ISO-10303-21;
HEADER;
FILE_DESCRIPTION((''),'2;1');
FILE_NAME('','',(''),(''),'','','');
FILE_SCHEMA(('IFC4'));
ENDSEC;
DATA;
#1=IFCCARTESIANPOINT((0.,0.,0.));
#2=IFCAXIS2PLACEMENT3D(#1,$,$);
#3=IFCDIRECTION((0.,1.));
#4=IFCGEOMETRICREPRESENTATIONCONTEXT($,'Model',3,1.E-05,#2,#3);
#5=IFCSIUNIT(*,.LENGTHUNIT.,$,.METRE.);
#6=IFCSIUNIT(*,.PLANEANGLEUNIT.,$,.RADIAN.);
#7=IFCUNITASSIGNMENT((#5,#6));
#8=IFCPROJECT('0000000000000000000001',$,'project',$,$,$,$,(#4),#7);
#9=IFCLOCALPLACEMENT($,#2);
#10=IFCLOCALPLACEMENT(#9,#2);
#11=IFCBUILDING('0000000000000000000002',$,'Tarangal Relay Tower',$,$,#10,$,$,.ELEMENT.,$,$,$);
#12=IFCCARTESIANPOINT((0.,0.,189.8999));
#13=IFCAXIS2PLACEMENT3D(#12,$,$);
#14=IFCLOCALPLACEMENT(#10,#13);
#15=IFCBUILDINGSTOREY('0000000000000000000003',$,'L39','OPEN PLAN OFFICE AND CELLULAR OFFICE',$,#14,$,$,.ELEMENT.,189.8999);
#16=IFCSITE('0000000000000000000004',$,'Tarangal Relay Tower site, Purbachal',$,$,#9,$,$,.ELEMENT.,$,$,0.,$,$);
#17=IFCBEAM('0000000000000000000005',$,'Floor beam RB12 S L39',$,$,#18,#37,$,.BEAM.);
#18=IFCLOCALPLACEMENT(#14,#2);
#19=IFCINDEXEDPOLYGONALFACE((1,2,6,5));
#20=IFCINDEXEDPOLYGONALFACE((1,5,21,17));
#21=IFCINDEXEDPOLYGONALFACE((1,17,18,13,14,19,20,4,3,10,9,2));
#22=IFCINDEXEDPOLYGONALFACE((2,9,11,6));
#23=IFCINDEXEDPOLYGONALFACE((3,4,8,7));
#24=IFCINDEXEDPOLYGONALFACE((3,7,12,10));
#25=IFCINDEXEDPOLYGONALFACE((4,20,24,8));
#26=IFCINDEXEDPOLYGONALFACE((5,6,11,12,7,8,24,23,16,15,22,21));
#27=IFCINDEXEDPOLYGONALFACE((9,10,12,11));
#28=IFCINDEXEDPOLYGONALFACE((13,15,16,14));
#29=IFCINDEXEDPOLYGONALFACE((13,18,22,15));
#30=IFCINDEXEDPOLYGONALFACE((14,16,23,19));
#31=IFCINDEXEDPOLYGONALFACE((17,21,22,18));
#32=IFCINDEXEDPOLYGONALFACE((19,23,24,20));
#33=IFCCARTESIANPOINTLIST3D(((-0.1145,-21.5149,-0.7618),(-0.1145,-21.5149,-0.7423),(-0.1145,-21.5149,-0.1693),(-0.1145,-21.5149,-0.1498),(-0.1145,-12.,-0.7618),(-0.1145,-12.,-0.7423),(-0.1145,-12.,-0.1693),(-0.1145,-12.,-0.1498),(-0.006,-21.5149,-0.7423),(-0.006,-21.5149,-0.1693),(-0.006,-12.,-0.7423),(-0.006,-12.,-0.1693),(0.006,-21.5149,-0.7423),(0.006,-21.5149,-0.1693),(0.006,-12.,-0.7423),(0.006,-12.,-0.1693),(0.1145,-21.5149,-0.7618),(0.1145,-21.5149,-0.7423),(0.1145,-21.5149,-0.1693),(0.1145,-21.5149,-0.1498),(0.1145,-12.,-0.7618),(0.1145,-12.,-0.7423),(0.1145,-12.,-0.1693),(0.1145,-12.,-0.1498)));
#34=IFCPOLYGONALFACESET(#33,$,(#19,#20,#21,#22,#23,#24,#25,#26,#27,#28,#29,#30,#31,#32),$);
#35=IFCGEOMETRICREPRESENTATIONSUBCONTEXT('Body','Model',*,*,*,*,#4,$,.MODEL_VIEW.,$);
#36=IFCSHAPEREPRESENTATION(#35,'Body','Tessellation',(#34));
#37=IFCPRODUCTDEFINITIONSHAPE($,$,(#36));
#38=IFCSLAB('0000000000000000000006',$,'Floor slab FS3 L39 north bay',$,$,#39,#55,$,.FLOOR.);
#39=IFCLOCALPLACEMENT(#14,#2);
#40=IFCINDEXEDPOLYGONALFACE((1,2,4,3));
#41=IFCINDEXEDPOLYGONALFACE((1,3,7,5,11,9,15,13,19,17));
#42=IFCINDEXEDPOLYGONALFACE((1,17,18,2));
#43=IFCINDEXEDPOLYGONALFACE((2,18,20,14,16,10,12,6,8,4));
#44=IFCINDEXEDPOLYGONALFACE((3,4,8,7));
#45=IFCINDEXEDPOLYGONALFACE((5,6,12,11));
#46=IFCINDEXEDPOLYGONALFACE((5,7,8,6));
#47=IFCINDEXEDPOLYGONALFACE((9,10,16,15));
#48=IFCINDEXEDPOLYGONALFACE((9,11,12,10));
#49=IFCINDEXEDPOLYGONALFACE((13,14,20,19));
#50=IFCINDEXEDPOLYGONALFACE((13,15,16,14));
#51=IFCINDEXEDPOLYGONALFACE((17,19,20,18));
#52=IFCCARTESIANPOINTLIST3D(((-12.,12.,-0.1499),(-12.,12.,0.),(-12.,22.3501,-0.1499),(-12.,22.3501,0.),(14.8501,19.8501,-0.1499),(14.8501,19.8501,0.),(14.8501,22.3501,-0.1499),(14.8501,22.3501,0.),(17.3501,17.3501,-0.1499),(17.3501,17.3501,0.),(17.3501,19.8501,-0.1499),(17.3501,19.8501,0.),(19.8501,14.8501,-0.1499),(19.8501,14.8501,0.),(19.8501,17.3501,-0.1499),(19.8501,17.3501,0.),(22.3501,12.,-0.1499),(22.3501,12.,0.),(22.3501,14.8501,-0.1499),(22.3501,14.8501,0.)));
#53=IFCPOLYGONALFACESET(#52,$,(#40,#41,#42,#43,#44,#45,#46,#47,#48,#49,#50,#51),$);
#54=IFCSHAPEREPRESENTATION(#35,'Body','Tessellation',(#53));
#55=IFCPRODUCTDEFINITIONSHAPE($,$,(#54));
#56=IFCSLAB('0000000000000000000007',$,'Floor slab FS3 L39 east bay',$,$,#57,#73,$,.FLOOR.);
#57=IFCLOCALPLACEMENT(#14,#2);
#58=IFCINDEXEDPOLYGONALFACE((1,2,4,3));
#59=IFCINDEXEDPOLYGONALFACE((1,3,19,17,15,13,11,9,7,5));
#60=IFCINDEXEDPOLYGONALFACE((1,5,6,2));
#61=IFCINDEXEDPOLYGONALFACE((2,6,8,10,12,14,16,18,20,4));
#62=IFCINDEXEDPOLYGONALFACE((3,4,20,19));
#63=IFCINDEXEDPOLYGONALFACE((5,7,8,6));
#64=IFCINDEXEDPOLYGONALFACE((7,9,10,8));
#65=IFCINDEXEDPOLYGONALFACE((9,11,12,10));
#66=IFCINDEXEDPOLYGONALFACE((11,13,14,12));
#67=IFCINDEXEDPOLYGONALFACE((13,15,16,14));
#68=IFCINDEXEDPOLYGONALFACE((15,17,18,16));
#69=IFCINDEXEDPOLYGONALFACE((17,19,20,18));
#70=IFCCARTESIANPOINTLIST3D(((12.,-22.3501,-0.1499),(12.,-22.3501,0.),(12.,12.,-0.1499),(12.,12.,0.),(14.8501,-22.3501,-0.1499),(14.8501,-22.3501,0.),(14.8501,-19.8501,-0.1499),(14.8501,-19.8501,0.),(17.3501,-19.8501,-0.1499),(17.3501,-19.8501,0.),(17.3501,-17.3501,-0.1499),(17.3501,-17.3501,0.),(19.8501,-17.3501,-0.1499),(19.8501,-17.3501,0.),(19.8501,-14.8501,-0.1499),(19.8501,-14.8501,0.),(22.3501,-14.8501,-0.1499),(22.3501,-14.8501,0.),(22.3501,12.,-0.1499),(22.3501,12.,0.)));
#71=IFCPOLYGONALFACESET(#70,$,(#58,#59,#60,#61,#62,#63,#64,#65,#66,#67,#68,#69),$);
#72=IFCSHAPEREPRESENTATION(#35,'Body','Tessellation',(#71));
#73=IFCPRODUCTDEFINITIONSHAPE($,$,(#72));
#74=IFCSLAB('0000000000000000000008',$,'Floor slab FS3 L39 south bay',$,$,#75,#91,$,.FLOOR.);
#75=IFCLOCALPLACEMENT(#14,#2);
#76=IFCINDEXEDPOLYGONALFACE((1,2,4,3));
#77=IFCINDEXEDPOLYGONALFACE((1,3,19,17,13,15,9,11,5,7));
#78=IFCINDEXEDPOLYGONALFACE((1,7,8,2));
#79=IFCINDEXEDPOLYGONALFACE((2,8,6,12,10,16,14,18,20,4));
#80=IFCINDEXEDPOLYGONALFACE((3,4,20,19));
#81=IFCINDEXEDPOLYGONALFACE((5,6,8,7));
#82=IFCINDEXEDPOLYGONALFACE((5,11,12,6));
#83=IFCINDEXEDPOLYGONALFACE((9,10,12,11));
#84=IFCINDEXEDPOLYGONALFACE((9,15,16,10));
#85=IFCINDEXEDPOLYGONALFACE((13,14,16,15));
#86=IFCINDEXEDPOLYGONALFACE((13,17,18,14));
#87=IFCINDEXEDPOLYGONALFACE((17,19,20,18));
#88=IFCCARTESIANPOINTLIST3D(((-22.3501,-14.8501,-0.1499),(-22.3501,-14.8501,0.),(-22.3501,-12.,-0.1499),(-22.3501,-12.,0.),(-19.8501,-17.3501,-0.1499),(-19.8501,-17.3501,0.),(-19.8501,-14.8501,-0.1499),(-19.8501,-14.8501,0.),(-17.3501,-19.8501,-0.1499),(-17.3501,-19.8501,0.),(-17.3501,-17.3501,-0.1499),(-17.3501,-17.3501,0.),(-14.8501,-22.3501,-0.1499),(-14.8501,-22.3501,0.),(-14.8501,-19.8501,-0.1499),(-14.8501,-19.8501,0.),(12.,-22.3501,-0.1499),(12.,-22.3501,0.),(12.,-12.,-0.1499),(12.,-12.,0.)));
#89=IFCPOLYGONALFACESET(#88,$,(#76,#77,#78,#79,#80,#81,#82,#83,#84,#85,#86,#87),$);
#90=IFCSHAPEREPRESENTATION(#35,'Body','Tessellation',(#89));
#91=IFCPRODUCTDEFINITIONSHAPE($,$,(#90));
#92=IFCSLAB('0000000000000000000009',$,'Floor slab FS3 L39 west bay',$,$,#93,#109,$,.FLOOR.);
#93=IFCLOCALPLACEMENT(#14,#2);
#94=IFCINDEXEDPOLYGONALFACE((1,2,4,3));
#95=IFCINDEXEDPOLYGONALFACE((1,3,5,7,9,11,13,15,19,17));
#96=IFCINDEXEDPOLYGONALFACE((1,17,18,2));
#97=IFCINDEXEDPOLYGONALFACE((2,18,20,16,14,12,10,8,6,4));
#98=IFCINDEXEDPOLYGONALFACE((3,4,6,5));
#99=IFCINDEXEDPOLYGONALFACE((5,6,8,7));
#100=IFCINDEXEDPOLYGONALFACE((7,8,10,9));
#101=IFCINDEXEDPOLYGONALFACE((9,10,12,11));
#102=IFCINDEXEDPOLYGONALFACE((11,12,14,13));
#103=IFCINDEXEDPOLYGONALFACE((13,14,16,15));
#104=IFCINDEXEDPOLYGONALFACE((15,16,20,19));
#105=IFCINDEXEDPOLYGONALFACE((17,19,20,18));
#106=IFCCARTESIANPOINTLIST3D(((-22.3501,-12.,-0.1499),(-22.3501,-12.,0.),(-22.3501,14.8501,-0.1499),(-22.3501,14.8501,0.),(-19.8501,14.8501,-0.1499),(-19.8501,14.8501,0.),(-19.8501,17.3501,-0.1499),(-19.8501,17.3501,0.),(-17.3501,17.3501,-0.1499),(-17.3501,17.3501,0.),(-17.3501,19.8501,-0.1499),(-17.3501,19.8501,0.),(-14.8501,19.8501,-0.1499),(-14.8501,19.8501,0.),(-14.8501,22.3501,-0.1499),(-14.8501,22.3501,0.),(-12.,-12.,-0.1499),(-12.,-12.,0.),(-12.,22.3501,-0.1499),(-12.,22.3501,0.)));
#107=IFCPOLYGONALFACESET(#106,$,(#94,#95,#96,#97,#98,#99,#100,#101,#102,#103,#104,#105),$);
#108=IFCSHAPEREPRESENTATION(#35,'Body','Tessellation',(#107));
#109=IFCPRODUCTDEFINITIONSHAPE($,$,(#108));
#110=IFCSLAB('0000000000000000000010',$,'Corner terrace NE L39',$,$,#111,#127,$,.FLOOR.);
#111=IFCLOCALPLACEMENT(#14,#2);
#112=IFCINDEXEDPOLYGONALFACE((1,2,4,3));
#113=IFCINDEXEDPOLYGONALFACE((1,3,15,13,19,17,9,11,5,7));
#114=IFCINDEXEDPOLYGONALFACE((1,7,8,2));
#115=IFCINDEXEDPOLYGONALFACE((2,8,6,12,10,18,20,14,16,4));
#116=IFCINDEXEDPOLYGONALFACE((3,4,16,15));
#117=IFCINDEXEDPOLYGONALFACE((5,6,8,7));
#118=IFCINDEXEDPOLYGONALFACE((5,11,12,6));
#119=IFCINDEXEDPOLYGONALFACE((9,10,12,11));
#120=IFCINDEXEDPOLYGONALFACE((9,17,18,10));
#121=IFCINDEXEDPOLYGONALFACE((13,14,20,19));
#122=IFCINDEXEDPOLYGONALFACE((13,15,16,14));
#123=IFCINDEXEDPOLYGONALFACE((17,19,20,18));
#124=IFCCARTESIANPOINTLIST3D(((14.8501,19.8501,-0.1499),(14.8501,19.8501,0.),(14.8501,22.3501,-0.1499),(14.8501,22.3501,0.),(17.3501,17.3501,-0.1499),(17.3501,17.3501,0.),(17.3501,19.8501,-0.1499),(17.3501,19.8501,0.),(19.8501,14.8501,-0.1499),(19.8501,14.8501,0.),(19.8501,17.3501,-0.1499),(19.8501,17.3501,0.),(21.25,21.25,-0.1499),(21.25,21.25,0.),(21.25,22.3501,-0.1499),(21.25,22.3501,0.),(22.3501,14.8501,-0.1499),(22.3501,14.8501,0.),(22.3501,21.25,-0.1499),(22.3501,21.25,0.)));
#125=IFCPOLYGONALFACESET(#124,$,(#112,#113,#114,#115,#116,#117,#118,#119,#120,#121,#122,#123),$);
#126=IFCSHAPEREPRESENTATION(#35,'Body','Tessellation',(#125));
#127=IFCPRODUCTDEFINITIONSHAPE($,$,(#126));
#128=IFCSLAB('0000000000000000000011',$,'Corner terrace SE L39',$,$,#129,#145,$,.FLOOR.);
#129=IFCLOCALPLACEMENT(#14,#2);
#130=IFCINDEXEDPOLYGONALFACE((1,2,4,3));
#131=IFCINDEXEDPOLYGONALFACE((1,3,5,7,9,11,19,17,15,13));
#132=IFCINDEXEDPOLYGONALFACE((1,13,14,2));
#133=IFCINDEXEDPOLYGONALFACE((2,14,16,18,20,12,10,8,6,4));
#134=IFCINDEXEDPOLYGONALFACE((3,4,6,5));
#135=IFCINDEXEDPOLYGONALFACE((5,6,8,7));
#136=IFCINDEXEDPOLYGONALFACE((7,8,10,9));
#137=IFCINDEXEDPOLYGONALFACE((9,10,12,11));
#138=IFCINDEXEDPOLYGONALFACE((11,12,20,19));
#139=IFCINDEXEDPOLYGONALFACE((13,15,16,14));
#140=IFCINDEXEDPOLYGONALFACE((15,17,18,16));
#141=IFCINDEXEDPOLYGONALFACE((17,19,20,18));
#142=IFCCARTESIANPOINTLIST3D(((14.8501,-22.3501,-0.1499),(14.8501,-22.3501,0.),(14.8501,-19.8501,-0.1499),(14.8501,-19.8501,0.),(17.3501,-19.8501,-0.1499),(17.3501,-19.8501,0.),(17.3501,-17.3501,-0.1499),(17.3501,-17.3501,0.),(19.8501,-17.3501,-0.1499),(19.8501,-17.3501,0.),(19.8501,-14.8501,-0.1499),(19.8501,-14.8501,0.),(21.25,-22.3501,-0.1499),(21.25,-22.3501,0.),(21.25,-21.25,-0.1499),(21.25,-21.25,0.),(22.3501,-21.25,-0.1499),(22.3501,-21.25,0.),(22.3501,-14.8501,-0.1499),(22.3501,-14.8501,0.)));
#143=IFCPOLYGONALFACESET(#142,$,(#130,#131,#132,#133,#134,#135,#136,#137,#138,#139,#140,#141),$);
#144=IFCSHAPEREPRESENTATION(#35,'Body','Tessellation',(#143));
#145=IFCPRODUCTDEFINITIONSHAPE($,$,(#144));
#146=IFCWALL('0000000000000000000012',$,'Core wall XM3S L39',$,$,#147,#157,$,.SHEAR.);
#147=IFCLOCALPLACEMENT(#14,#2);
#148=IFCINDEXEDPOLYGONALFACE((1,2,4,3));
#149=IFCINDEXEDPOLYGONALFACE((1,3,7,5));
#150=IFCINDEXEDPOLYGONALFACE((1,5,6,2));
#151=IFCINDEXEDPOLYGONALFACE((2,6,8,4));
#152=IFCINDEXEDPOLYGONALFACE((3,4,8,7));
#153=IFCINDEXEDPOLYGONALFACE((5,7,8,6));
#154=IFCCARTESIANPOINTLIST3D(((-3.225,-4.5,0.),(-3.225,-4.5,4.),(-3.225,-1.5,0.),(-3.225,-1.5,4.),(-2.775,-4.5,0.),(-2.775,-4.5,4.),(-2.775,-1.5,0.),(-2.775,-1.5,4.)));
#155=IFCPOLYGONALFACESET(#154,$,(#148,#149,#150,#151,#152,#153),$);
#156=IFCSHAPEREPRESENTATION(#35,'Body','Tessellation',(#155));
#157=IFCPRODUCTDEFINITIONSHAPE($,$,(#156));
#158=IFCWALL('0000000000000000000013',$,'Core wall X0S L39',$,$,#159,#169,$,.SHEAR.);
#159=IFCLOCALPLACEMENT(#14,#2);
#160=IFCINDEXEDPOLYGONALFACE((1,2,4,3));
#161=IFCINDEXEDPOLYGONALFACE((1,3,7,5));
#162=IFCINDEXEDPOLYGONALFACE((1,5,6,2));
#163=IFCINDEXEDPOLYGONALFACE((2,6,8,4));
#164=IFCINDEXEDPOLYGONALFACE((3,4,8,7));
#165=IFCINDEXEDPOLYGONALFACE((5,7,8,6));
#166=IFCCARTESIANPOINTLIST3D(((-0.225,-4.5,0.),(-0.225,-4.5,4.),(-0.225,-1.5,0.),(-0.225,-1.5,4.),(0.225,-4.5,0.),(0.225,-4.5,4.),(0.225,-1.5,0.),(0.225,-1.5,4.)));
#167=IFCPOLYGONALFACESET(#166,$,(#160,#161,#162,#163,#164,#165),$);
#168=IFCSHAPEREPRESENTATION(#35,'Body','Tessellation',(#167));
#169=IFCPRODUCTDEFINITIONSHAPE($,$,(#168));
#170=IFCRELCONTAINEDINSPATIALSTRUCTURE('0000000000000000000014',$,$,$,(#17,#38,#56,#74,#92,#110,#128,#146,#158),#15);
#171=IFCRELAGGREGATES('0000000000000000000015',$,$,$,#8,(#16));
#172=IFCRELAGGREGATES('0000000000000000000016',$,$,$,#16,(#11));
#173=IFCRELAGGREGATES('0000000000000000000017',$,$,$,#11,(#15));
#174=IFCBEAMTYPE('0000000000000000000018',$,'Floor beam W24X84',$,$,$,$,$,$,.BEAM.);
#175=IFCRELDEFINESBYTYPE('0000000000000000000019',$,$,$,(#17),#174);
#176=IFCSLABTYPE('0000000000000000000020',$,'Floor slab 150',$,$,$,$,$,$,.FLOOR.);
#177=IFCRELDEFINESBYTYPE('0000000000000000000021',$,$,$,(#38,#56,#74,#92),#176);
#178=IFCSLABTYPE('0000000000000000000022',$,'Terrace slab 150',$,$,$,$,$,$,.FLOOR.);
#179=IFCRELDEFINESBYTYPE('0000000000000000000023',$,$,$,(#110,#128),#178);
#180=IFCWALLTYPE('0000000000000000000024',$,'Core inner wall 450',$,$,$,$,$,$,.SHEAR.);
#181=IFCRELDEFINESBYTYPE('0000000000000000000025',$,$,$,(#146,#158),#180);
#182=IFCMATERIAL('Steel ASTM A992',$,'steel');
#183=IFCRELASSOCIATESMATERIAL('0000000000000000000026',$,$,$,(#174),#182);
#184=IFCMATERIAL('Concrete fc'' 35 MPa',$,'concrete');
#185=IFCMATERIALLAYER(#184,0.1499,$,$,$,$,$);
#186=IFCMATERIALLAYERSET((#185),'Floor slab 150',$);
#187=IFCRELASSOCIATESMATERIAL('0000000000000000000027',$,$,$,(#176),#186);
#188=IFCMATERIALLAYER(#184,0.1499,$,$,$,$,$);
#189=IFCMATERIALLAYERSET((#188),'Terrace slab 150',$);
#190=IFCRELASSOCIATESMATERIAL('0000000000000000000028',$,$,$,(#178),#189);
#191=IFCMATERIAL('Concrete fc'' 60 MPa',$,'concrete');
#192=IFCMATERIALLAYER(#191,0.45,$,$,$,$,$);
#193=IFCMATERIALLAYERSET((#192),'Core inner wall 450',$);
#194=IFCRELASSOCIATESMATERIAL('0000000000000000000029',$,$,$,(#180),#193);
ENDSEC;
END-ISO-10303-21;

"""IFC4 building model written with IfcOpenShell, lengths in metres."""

from ifc_helpers import new_model, si_unit, direction, frame, frame_2d, origin, origin_2d, place, context, subcontext, project, spatial, polyline, rectangle, i_section, outline, extrude, material, layer, layer_set, material_profile, profile_set, type_object, element, save


model = new_model("IFC4")

# Units and contexts
model_context = context("Model", 3, precision=1e-05, world=origin(), true_north=direction((0.0, 1.0)))
body_context = subcontext(model_context, "Body", "Model", "MODEL_VIEW")
ifc_project = project(units=[si_unit("LENGTHUNIT", "METRE"), si_unit("PLANEANGLEUNIT", "RADIAN")], contexts=[model_context])

# Site, building, storey
site_placement = place(None, origin())
site = spatial("IfcSite", under=ifc_project, at=site_placement, Name="Tarangal Relay Tower site, Purbachal", CompositionType="ELEMENT", RefElevation=0.0)
building_placement = place(site_placement, origin())
building = spatial("IfcBuilding", under=site, at=building_placement, Name="Tarangal Relay Tower", CompositionType="ELEMENT")
storey_placement = place(building_placement, frame((0.0, 0.0, 189.8999)))
storey = spatial("IfcBuildingStorey", under=building, at=storey_placement, Name="L39", Description="OPEN PLAN OFFICE AND CELLULAR OFFICE", CompositionType="ELEMENT", Elevation=189.8999)

# Beam
ifc_material_1 = material(Name="Steel ASTM A992", Category="steel")
ifc_material_profile = material_profile(ifc_material_1, i_section(OverallWidth=0.229, OverallDepth=0.6121, WebThickness=0.012, FlangeThickness=0.0195, at=origin_2d()), Name="W24X84")
ifc_profile_set = profile_set([ifc_material_profile], Name="Steel ASTM A992")
beam_type = type_object("IfcBeamType", Name="Floor beam W24X84", PredefinedType="BEAM", material=ifc_profile_set)
beam_placement = place(storey_placement, frame((0.0, -12.0, -0.4558), z_axis=(0.0, -1.0, 0.0), x_axis=(1.0, 0.0, 0.0)))
element("IfcBeam", 1, at=beam_placement, inside=storey, type_object=beam_type, Name="Floor beam RB12 S L39", PredefinedType="BEAM", context=body_context, shape_type="SweptSolid", body=[
    extrude(i_section(OverallWidth=0.229, OverallDepth=0.6121, WebThickness=0.012, FlangeThickness=0.0195, at=origin_2d()), origin(), (0.0, 0.0, 1.0), 9.5149),
])

# Slabs
ifc_material_2 = material(Name="Concrete fc' 35 MPa", Category="concrete")
ifc_layer_1 = layer(ifc_material_2, 0.1499)
ifc_layer_set_1 = layer_set([ifc_layer_1], Name="Floor slab 150")
slab_type_1 = type_object("IfcSlabType", Name="Floor slab 150", PredefinedType="FLOOR", material=ifc_layer_set_1)
slab_1_placement = place(storey_placement, frame((0.0, 0.0, -0.1499)))
element("IfcSlab", 2, at=slab_1_placement, inside=storey, type_object=slab_type_1, Name="Floor slab FS3 L39 north bay", PredefinedType="FLOOR", context=body_context, shape_type="SweptSolid", body=[
    extrude(outline(polyline([(14.8501, 22.3501), (14.8501, 19.8501), (17.3501, 19.8501), (17.3501, 17.3501), (19.8501, 17.3501), (19.8501, 14.8501), (22.3501, 14.8501), (22.3501, 12.0), (-12.0, 12.0), (-12.0, 22.3501), (14.8501, 22.3501)])), origin(), (0.0, 0.0, 1.0), 0.1499),
])
slab_2_placement = place(storey_placement, frame((0.0, 0.0, -0.1499)))
element("IfcSlab", 3, at=slab_2_placement, inside=storey, type_object=slab_type_1, Name="Floor slab FS3 L39 east bay", PredefinedType="FLOOR", context=body_context, shape_type="SweptSolid", body=[
    extrude(outline(polyline([(22.3501, -14.8501), (19.8501, -14.8501), (19.8501, -17.3501), (17.3501, -17.3501), (17.3501, -19.8501), (14.8501, -19.8501), (14.8501, -22.3501), (12.0, -22.3501), (12.0, 12.0), (22.3501, 12.0), (22.3501, -14.8501)])), origin(), (0.0, 0.0, 1.0), 0.1499),
])
slab_3_placement = place(storey_placement, frame((0.0, 0.0, -0.1499)))
element("IfcSlab", 4, at=slab_3_placement, inside=storey, type_object=slab_type_1, Name="Floor slab FS3 L39 south bay", PredefinedType="FLOOR", context=body_context, shape_type="SweptSolid", body=[
    extrude(outline(polyline([(-14.8501, -22.3501), (-14.8501, -19.8501), (-17.3501, -19.8501), (-17.3501, -17.3501), (-19.8501, -17.3501), (-19.8501, -14.8501), (-22.3501, -14.8501), (-22.3501, -12.0), (12.0, -12.0), (12.0, -22.3501), (-14.8501, -22.3501)])), origin(), (0.0, 0.0, 1.0), 0.1499),
])
slab_4_placement = place(storey_placement, frame((0.0, 0.0, -0.1499)))
element("IfcSlab", 5, at=slab_4_placement, inside=storey, type_object=slab_type_1, Name="Floor slab FS3 L39 west bay", PredefinedType="FLOOR", context=body_context, shape_type="SweptSolid", body=[
    extrude(outline(polyline([(-12.0, 22.3501), (-12.0, -12.0), (-22.3501, -12.0), (-22.3501, 14.8501), (-19.8501, 14.8501), (-19.8501, 17.3501), (-17.3501, 17.3501), (-17.3501, 19.8501), (-14.8501, 19.8501), (-14.8501, 22.3501), (-12.0, 22.3501)])), origin(), (0.0, 0.0, 1.0), 0.1499),
])
ifc_layer_2 = layer(ifc_material_2, 0.1499)
ifc_layer_set_2 = layer_set([ifc_layer_2], Name="Terrace slab 150")
slab_type_2 = type_object("IfcSlabType", Name="Terrace slab 150", PredefinedType="FLOOR", material=ifc_layer_set_2)
slab_5_placement = place(storey_placement, frame((0.0, 0.0, -0.1499)))
element("IfcSlab", 6, at=slab_5_placement, inside=storey, type_object=slab_type_2, Name="Corner terrace NE L39", PredefinedType="FLOOR", context=body_context, shape_type="SweptSolid", body=[
    extrude(outline(polyline([(14.8501, 22.3501), (14.8501, 19.8501), (17.3501, 19.8501), (17.3501, 17.3501), (19.8501, 17.3501), (19.8501, 14.8501), (22.3501, 14.8501), (22.3501, 21.25), (21.25, 21.25), (21.25, 22.3501), (14.8501, 22.3501)])), origin(), (0.0, 0.0, 1.0), 0.1499),
])
slab_6_placement = place(storey_placement, frame((0.0, 0.0, -0.1499)))
element("IfcSlab", 7, at=slab_6_placement, inside=storey, type_object=slab_type_2, Name="Corner terrace SE L39", PredefinedType="FLOOR", context=body_context, shape_type="SweptSolid", body=[
    extrude(outline(polyline([(22.3501, -14.8501), (19.8501, -14.8501), (19.8501, -17.3501), (17.3501, -17.3501), (17.3501, -19.8501), (14.8501, -19.8501), (14.8501, -22.3501), (21.25, -22.3501), (21.25, -21.25), (22.3501, -21.25), (22.3501, -14.8501)])), origin(), (0.0, 0.0, 1.0), 0.1499),
])

# Walls
ifc_material_3 = material(Name="Concrete fc' 60 MPa", Category="concrete")
ifc_layer_3 = layer(ifc_material_3, 0.45)
ifc_layer_set_3 = layer_set([ifc_layer_3], Name="Core inner wall 450")
wall_type = type_object("IfcWallType", Name="Core inner wall 450", PredefinedType="SHEAR", material=ifc_layer_set_3)
for number, where, z_axis, x_axis, name in (
    (8, (-3.0, -4.5, 0.0), (0.0, 0.0, 1.0), (0.0, 1.0, 0.0), "Core wall XM3S L39"),
    (9, (0.0, -4.5, 0.0), (0.0, 0.0, 1.0), (0.0, 1.0, 0.0), "Core wall X0S L39"),
):
    element("IfcWall", number, at=place(storey_placement, frame(where, z_axis=z_axis, x_axis=x_axis)), inside=storey, type_object=wall_type, Name=name, PredefinedType="SHEAR", context=body_context, shape_type="SweptSolid", body=[
        extrude(rectangle(XDim=3.0, YDim=0.45, at=frame_2d((1.5, 0.0))), origin(), (0.0, 0.0, 1.0), 4.0),
    ])

save(model, "model.ifc")
